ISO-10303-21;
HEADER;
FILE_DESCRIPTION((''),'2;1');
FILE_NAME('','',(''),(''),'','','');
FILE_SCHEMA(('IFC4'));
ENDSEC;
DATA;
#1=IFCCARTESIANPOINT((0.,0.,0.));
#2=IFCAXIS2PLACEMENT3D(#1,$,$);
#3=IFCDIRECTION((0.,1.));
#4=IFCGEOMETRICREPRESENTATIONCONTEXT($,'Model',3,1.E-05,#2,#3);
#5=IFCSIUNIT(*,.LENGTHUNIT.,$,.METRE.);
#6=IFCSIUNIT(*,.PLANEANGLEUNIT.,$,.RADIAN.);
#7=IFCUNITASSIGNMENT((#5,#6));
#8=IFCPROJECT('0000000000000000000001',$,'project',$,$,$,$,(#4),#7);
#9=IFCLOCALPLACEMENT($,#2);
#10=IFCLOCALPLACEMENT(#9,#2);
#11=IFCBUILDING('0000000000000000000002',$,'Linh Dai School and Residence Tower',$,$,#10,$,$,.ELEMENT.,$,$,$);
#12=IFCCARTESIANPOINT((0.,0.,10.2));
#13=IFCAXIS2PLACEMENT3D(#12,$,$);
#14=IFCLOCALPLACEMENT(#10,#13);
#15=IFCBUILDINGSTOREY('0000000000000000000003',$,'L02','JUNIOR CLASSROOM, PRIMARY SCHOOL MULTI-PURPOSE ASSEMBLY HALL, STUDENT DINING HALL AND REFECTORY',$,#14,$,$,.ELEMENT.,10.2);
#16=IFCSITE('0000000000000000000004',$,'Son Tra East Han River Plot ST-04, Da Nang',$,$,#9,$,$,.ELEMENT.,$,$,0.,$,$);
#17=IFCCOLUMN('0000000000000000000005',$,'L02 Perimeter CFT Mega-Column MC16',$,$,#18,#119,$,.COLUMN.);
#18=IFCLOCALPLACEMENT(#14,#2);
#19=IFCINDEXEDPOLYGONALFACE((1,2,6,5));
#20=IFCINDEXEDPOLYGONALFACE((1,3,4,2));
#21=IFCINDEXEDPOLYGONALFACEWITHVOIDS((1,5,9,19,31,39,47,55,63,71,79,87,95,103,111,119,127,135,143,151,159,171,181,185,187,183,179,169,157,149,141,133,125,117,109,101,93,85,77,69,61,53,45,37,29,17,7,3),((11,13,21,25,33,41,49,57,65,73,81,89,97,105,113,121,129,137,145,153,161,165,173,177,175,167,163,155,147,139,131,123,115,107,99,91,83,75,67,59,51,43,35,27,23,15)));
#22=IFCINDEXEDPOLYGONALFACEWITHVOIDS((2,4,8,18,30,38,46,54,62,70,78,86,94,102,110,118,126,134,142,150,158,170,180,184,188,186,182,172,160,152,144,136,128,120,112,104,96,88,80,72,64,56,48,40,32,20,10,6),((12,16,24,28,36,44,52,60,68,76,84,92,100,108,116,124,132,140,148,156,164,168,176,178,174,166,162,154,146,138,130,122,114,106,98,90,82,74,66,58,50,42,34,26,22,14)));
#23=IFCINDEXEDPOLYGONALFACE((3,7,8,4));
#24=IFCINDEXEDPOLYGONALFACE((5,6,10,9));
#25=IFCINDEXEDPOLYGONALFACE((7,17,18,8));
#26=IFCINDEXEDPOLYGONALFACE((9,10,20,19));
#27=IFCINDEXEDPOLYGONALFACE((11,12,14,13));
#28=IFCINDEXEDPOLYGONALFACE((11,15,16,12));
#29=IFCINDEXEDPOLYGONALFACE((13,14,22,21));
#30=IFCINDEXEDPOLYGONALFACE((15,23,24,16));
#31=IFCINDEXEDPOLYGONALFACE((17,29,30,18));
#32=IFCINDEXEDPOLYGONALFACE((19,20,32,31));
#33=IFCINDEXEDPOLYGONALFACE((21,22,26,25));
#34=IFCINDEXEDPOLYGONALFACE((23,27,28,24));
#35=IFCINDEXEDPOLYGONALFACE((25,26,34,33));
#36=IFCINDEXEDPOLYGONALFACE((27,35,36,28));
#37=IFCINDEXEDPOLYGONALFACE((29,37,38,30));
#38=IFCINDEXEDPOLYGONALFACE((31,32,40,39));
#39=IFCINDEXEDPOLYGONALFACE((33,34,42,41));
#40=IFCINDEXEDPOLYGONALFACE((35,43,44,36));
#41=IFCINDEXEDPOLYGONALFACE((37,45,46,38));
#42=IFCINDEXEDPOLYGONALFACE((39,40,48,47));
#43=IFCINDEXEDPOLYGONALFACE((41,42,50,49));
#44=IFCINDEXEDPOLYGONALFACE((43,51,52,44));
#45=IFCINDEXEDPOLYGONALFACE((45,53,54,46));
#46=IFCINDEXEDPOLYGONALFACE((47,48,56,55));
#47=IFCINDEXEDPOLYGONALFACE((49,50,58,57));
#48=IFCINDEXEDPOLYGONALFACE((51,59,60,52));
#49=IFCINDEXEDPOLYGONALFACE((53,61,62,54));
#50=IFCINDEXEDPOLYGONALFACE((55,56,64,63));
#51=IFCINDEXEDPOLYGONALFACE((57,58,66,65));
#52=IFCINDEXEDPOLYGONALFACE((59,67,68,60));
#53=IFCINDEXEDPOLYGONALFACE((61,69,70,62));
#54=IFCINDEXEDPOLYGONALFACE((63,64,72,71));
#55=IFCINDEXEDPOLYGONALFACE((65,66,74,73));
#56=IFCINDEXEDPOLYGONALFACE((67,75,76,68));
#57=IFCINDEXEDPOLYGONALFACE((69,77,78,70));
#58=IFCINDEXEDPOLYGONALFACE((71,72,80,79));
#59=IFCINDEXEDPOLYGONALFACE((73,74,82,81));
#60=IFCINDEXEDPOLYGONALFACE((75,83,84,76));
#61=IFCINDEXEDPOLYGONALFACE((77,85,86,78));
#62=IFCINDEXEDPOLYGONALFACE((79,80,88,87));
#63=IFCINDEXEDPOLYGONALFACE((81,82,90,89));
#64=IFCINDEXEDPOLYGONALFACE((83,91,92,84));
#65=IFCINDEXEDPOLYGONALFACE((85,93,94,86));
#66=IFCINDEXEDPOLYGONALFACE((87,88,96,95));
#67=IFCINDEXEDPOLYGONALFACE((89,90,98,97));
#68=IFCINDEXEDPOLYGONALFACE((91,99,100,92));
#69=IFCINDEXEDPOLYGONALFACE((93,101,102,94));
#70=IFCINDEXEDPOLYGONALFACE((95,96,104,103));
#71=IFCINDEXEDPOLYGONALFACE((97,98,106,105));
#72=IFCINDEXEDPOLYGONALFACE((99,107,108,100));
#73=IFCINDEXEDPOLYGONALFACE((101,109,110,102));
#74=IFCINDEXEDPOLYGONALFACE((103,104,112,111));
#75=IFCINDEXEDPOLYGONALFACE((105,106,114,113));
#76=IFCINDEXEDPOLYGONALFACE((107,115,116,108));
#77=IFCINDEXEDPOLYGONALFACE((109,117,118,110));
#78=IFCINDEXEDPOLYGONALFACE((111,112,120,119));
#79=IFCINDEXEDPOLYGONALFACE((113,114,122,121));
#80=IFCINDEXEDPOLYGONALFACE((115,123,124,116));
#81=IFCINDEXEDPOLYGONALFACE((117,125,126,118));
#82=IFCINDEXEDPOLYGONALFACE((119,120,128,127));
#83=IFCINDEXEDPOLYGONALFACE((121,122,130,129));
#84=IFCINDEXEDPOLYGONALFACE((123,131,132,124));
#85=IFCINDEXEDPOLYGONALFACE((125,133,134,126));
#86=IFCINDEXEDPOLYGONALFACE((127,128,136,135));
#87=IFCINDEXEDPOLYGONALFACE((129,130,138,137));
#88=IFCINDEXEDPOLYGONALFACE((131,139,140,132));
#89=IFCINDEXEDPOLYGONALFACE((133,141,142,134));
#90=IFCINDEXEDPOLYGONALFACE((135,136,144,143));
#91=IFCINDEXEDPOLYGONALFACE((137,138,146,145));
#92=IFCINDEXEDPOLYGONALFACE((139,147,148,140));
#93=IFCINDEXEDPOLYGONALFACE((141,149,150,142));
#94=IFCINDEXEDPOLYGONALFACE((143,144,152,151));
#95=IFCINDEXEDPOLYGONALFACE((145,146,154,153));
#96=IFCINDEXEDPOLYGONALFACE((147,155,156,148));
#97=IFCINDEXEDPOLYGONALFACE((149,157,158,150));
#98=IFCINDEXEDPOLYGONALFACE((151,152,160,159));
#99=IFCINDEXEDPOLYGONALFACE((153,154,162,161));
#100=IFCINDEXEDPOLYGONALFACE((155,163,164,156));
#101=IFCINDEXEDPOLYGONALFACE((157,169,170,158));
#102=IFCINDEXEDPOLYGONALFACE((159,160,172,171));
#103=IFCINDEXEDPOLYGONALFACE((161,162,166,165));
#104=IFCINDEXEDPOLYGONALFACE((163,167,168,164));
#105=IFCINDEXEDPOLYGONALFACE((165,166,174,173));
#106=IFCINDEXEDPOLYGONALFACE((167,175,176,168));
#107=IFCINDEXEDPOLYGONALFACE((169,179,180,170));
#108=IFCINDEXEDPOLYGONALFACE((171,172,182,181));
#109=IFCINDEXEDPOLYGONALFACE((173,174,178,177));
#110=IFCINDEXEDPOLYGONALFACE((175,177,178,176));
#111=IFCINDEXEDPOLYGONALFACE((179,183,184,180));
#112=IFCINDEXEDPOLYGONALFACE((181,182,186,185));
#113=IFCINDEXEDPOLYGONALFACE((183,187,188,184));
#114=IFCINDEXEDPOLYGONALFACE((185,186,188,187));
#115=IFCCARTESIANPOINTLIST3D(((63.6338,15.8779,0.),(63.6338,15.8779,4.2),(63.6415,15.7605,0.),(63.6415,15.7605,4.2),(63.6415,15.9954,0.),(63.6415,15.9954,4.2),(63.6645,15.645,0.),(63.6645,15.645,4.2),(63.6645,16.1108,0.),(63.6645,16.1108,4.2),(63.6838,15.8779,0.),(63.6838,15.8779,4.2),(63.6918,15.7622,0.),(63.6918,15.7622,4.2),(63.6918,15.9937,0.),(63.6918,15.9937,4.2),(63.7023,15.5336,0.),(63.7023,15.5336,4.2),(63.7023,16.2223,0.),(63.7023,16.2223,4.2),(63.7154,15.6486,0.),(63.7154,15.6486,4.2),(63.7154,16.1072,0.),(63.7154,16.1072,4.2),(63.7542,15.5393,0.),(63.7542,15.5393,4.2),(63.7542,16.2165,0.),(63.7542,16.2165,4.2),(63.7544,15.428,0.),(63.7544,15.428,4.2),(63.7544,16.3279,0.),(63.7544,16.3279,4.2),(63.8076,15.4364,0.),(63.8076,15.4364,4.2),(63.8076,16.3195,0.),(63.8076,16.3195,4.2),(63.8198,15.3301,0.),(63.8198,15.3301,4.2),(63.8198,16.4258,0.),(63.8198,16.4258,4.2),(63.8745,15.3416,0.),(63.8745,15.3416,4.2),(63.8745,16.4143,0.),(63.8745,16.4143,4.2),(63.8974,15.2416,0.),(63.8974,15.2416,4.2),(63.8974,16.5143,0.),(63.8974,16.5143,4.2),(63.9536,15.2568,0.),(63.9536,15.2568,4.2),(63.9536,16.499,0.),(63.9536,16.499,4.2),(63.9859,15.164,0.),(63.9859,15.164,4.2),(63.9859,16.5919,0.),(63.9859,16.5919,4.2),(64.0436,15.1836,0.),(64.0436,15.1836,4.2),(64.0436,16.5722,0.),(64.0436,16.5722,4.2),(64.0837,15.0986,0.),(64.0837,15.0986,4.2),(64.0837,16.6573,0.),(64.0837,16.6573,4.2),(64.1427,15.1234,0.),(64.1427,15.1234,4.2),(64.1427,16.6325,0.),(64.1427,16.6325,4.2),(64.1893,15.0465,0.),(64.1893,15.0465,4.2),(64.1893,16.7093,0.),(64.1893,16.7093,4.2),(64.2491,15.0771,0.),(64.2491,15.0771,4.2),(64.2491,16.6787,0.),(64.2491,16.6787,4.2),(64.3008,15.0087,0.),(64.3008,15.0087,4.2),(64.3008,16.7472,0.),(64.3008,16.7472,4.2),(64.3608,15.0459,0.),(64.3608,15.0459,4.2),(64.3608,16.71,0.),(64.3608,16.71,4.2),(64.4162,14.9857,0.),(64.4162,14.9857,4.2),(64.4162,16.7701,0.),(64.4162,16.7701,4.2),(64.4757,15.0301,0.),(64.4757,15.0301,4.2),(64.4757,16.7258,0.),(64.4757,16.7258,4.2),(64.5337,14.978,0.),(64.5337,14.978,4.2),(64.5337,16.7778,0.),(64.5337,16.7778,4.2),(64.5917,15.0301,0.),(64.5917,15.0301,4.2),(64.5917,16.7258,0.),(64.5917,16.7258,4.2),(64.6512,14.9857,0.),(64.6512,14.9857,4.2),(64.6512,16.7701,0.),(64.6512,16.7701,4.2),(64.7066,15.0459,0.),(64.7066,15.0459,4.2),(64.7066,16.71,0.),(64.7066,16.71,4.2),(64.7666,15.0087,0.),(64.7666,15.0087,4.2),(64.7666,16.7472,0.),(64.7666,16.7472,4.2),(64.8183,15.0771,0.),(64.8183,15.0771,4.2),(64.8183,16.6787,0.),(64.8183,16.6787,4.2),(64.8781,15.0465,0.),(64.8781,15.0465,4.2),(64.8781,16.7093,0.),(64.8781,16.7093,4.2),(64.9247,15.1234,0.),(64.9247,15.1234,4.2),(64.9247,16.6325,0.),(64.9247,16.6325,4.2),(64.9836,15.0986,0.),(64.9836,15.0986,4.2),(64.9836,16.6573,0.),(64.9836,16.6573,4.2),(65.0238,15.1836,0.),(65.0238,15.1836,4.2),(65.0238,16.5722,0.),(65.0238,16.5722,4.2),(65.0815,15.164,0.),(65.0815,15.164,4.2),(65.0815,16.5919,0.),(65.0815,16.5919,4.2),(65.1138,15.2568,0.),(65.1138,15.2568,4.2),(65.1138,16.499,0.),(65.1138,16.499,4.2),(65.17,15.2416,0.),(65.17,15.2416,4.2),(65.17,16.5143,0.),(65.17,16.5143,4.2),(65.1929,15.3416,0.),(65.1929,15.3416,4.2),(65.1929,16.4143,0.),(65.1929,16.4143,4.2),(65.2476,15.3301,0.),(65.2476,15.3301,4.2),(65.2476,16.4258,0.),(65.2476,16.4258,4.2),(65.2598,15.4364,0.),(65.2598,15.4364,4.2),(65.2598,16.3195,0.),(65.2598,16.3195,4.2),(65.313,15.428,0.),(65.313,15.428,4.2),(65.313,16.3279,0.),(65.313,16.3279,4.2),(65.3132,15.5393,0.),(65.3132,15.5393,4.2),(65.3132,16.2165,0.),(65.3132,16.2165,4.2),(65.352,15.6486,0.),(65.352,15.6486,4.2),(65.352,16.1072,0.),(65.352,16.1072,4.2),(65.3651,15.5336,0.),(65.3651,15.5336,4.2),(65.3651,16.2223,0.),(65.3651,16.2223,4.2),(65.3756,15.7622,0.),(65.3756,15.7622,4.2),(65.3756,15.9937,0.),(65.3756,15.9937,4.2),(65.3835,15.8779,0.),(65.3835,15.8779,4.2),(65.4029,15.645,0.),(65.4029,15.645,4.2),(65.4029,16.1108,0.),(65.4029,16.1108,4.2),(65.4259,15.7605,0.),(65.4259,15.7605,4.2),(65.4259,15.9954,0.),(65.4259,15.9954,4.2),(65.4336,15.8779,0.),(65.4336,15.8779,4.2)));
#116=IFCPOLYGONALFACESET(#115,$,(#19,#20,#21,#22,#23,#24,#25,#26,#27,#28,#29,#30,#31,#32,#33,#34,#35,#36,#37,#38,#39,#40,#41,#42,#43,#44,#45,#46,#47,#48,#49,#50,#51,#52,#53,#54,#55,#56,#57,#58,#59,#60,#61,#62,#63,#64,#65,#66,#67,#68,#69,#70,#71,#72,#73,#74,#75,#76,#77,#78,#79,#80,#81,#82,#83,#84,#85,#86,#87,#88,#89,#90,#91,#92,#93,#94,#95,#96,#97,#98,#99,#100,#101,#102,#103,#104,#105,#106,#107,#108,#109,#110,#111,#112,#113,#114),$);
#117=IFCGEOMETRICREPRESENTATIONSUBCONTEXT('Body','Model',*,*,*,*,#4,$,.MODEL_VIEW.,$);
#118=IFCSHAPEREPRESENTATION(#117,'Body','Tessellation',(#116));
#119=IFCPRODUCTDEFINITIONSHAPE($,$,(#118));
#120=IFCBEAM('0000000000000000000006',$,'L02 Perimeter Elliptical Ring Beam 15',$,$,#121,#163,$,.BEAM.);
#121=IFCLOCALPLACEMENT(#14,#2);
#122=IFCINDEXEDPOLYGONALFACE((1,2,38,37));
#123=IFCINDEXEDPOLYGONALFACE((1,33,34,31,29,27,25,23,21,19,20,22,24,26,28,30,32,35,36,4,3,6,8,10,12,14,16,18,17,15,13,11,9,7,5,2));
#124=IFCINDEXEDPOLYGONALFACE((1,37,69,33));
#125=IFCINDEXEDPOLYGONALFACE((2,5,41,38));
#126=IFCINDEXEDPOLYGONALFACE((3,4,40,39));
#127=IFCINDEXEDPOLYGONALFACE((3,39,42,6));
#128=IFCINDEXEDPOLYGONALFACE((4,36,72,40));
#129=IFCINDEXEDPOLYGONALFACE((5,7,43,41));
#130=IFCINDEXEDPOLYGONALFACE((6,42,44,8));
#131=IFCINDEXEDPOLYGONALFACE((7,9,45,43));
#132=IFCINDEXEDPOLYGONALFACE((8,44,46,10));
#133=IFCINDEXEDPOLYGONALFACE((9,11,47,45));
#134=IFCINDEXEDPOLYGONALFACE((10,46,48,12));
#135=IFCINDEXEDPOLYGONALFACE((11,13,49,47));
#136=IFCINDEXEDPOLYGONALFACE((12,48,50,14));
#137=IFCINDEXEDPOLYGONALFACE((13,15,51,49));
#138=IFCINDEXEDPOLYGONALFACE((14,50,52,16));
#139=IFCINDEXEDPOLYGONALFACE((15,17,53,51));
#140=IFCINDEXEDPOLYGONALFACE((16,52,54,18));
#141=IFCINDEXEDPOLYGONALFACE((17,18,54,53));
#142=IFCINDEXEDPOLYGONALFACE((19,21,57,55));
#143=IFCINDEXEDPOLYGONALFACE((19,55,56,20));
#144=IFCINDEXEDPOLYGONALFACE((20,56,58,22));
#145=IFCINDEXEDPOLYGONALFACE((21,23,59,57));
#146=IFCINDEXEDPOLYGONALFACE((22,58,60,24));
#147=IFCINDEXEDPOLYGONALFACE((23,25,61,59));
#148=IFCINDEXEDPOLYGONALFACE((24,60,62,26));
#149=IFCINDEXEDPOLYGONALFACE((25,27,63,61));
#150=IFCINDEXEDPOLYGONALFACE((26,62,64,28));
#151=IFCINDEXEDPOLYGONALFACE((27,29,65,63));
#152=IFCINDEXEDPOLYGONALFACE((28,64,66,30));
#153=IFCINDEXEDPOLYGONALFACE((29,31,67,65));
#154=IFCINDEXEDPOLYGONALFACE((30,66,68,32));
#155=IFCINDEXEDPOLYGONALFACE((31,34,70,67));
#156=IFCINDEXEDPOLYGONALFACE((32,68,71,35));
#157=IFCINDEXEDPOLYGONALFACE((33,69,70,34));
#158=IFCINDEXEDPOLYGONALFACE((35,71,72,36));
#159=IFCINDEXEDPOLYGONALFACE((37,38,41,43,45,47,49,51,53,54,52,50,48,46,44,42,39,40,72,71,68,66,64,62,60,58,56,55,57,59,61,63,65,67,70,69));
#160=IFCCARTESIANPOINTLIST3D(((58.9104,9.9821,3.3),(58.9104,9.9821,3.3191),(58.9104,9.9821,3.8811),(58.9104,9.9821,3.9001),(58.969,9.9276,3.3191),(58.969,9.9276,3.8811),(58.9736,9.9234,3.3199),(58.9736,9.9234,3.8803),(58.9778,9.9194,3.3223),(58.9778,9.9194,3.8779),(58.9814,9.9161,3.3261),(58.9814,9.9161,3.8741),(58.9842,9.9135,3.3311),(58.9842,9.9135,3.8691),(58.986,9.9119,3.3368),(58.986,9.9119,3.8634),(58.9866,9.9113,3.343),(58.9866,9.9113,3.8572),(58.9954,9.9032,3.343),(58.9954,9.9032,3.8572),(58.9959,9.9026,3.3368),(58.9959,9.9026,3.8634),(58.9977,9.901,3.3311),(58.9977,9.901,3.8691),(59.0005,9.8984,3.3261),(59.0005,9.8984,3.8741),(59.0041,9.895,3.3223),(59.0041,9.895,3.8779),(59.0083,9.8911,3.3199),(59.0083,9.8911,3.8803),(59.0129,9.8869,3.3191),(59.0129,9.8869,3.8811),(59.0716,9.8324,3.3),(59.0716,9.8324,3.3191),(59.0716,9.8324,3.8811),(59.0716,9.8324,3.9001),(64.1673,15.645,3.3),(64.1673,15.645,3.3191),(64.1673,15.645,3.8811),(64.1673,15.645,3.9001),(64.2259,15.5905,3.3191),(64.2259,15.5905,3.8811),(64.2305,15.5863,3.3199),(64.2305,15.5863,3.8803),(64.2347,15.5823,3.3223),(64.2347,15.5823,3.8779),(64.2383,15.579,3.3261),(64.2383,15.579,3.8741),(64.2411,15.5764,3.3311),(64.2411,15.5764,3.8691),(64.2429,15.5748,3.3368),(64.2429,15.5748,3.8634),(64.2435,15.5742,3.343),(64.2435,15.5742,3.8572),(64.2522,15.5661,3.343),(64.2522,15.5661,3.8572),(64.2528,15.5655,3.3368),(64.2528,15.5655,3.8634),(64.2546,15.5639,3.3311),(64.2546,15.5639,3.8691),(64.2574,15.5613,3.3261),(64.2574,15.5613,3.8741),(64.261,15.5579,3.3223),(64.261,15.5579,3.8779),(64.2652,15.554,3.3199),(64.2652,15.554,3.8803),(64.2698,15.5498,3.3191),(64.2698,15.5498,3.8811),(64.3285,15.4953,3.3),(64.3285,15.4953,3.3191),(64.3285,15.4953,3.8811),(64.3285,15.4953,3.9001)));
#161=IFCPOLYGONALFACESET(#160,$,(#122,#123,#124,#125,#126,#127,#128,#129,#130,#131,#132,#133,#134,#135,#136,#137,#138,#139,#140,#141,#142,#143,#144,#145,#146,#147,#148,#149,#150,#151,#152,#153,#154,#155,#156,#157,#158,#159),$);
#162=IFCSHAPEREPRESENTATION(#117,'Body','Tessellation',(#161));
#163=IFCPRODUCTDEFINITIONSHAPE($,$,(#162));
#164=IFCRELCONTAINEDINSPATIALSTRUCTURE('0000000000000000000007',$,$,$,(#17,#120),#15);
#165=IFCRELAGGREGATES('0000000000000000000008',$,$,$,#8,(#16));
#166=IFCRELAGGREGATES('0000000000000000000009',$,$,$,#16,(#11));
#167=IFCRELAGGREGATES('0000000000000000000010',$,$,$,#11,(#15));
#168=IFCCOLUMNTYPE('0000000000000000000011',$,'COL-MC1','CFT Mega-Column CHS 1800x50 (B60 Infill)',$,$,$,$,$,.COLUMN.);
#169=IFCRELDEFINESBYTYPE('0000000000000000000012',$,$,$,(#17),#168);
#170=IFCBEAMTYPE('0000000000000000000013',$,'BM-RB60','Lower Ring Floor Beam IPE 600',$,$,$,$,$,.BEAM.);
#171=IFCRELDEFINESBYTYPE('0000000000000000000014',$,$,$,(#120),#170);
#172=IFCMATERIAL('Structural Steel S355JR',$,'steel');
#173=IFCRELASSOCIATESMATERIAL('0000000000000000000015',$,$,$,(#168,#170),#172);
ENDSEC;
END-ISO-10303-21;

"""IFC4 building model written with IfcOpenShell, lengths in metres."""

from ifc_helpers import new_model, si_unit, direction, frame, origin, origin_2d, place, context, subcontext, project, spatial, hollow_circle, i_section, extrude, material, material_profile, profile_set, type_object, element, save


model = new_model("IFC4")

# Units and contexts
model_context = context("Model", 3, precision=1e-05, world=origin(), true_north=direction((0.0, 1.0)))
body_context = subcontext(model_context, "Body", "Model", "MODEL_VIEW")
ifc_project = project(units=[si_unit("LENGTHUNIT", "METRE"), si_unit("PLANEANGLEUNIT", "RADIAN")], contexts=[model_context])

# Site, building, storey
site_placement = place(None, origin())
site = spatial("IfcSite", under=ifc_project, at=site_placement, Name="Son Tra East Han River Plot ST-04, Da Nang", CompositionType="ELEMENT", RefElevation=0.0)
building_placement = place(site_placement, origin())
building = spatial("IfcBuilding", under=site, at=building_placement, Name="Linh Dai School and Residence Tower", CompositionType="ELEMENT")
storey_placement = place(building_placement, frame((0.0, 0.0, 10.2)))
storey = spatial("IfcBuildingStorey", under=building, at=storey_placement, Name="L02", Description="JUNIOR CLASSROOM, PRIMARY SCHOOL MULTI-PURPOSE ASSEMBLY HALL, STUDENT DINING HALL AND REFECTORY", CompositionType="ELEMENT", Elevation=10.2)

# Column
ifc_material_1 = material(Name="Structural Steel S355JR", Category="steel")
ifc_material_profile_1 = material_profile(ifc_material_1, hollow_circle(Radius=0.8999, WallThickness=0.05, at=origin_2d()), Name="CHS 1800x50")
ifc_profile_set_1 = profile_set([ifc_material_profile_1], Name="Structural Steel S355JR")
column_type_1 = type_object("IfcColumnType", Name="COL-MC1", Description="CFT Mega-Column CHS 1800x50 (B60 Infill)", PredefinedType="COLUMN", material=ifc_profile_set_1)
for number, where, z_axis, x_axis, name in (
    (1, (64.5337, 15.8779, 0.0), (0.0, 0.0, 1.0), (1.0, 0.0, 0.0), "L02 Perimeter CFT Mega-Column MC16"),
):
    element("IfcColumn", number, at=place(storey_placement, frame(where, z_axis=z_axis, x_axis=x_axis)), inside=storey, type_object=column_type_1, Name=name, PredefinedType="COLUMN", context=body_context, shape_type="SweptSolid", body=[
        extrude(hollow_circle(Radius=0.8999, WallThickness=0.05, at=origin_2d()), origin(), (0.0, 0.0, 1.0), 4.2),
    ])

# Beam
ifc_material_profile_2 = material_profile(ifc_material_1, i_section(OverallWidth=0.22, OverallDepth=0.6001, WebThickness=0.012, FlangeThickness=0.019, FilletRadius=0.0239, at=origin_2d()), Name="IPE 600")
ifc_profile_set_2 = profile_set([ifc_material_profile_2], Name="Structural Steel S355JR")
beam_type = type_object("IfcBeamType", Name="BM-RB60", Description="Lower Ring Floor Beam IPE 600", PredefinedType="BEAM", material=ifc_profile_set_2)
beam_1_placement = place(storey_placement, frame((58.991, 9.9072, 3.6001), z_axis=(0.680346, 0.732891, 0.0), x_axis=(-0.732891, 0.680346, 0.0)))
element("IfcBeam", 2, at=beam_1_placement, inside=storey, type_object=beam_type, Name="L02 Perimeter Elliptical Ring Beam 15", PredefinedType="BEAM", context=body_context, shape_type="SweptSolid", body=[
    extrude(i_section(OverallWidth=0.22, OverallDepth=0.6001, WebThickness=0.012, FlangeThickness=0.019, FilletRadius=0.0239, at=origin_2d()), origin(), (0.0, 0.0, 1.0), 7.7268),
])

save(model, "model.ifc")
